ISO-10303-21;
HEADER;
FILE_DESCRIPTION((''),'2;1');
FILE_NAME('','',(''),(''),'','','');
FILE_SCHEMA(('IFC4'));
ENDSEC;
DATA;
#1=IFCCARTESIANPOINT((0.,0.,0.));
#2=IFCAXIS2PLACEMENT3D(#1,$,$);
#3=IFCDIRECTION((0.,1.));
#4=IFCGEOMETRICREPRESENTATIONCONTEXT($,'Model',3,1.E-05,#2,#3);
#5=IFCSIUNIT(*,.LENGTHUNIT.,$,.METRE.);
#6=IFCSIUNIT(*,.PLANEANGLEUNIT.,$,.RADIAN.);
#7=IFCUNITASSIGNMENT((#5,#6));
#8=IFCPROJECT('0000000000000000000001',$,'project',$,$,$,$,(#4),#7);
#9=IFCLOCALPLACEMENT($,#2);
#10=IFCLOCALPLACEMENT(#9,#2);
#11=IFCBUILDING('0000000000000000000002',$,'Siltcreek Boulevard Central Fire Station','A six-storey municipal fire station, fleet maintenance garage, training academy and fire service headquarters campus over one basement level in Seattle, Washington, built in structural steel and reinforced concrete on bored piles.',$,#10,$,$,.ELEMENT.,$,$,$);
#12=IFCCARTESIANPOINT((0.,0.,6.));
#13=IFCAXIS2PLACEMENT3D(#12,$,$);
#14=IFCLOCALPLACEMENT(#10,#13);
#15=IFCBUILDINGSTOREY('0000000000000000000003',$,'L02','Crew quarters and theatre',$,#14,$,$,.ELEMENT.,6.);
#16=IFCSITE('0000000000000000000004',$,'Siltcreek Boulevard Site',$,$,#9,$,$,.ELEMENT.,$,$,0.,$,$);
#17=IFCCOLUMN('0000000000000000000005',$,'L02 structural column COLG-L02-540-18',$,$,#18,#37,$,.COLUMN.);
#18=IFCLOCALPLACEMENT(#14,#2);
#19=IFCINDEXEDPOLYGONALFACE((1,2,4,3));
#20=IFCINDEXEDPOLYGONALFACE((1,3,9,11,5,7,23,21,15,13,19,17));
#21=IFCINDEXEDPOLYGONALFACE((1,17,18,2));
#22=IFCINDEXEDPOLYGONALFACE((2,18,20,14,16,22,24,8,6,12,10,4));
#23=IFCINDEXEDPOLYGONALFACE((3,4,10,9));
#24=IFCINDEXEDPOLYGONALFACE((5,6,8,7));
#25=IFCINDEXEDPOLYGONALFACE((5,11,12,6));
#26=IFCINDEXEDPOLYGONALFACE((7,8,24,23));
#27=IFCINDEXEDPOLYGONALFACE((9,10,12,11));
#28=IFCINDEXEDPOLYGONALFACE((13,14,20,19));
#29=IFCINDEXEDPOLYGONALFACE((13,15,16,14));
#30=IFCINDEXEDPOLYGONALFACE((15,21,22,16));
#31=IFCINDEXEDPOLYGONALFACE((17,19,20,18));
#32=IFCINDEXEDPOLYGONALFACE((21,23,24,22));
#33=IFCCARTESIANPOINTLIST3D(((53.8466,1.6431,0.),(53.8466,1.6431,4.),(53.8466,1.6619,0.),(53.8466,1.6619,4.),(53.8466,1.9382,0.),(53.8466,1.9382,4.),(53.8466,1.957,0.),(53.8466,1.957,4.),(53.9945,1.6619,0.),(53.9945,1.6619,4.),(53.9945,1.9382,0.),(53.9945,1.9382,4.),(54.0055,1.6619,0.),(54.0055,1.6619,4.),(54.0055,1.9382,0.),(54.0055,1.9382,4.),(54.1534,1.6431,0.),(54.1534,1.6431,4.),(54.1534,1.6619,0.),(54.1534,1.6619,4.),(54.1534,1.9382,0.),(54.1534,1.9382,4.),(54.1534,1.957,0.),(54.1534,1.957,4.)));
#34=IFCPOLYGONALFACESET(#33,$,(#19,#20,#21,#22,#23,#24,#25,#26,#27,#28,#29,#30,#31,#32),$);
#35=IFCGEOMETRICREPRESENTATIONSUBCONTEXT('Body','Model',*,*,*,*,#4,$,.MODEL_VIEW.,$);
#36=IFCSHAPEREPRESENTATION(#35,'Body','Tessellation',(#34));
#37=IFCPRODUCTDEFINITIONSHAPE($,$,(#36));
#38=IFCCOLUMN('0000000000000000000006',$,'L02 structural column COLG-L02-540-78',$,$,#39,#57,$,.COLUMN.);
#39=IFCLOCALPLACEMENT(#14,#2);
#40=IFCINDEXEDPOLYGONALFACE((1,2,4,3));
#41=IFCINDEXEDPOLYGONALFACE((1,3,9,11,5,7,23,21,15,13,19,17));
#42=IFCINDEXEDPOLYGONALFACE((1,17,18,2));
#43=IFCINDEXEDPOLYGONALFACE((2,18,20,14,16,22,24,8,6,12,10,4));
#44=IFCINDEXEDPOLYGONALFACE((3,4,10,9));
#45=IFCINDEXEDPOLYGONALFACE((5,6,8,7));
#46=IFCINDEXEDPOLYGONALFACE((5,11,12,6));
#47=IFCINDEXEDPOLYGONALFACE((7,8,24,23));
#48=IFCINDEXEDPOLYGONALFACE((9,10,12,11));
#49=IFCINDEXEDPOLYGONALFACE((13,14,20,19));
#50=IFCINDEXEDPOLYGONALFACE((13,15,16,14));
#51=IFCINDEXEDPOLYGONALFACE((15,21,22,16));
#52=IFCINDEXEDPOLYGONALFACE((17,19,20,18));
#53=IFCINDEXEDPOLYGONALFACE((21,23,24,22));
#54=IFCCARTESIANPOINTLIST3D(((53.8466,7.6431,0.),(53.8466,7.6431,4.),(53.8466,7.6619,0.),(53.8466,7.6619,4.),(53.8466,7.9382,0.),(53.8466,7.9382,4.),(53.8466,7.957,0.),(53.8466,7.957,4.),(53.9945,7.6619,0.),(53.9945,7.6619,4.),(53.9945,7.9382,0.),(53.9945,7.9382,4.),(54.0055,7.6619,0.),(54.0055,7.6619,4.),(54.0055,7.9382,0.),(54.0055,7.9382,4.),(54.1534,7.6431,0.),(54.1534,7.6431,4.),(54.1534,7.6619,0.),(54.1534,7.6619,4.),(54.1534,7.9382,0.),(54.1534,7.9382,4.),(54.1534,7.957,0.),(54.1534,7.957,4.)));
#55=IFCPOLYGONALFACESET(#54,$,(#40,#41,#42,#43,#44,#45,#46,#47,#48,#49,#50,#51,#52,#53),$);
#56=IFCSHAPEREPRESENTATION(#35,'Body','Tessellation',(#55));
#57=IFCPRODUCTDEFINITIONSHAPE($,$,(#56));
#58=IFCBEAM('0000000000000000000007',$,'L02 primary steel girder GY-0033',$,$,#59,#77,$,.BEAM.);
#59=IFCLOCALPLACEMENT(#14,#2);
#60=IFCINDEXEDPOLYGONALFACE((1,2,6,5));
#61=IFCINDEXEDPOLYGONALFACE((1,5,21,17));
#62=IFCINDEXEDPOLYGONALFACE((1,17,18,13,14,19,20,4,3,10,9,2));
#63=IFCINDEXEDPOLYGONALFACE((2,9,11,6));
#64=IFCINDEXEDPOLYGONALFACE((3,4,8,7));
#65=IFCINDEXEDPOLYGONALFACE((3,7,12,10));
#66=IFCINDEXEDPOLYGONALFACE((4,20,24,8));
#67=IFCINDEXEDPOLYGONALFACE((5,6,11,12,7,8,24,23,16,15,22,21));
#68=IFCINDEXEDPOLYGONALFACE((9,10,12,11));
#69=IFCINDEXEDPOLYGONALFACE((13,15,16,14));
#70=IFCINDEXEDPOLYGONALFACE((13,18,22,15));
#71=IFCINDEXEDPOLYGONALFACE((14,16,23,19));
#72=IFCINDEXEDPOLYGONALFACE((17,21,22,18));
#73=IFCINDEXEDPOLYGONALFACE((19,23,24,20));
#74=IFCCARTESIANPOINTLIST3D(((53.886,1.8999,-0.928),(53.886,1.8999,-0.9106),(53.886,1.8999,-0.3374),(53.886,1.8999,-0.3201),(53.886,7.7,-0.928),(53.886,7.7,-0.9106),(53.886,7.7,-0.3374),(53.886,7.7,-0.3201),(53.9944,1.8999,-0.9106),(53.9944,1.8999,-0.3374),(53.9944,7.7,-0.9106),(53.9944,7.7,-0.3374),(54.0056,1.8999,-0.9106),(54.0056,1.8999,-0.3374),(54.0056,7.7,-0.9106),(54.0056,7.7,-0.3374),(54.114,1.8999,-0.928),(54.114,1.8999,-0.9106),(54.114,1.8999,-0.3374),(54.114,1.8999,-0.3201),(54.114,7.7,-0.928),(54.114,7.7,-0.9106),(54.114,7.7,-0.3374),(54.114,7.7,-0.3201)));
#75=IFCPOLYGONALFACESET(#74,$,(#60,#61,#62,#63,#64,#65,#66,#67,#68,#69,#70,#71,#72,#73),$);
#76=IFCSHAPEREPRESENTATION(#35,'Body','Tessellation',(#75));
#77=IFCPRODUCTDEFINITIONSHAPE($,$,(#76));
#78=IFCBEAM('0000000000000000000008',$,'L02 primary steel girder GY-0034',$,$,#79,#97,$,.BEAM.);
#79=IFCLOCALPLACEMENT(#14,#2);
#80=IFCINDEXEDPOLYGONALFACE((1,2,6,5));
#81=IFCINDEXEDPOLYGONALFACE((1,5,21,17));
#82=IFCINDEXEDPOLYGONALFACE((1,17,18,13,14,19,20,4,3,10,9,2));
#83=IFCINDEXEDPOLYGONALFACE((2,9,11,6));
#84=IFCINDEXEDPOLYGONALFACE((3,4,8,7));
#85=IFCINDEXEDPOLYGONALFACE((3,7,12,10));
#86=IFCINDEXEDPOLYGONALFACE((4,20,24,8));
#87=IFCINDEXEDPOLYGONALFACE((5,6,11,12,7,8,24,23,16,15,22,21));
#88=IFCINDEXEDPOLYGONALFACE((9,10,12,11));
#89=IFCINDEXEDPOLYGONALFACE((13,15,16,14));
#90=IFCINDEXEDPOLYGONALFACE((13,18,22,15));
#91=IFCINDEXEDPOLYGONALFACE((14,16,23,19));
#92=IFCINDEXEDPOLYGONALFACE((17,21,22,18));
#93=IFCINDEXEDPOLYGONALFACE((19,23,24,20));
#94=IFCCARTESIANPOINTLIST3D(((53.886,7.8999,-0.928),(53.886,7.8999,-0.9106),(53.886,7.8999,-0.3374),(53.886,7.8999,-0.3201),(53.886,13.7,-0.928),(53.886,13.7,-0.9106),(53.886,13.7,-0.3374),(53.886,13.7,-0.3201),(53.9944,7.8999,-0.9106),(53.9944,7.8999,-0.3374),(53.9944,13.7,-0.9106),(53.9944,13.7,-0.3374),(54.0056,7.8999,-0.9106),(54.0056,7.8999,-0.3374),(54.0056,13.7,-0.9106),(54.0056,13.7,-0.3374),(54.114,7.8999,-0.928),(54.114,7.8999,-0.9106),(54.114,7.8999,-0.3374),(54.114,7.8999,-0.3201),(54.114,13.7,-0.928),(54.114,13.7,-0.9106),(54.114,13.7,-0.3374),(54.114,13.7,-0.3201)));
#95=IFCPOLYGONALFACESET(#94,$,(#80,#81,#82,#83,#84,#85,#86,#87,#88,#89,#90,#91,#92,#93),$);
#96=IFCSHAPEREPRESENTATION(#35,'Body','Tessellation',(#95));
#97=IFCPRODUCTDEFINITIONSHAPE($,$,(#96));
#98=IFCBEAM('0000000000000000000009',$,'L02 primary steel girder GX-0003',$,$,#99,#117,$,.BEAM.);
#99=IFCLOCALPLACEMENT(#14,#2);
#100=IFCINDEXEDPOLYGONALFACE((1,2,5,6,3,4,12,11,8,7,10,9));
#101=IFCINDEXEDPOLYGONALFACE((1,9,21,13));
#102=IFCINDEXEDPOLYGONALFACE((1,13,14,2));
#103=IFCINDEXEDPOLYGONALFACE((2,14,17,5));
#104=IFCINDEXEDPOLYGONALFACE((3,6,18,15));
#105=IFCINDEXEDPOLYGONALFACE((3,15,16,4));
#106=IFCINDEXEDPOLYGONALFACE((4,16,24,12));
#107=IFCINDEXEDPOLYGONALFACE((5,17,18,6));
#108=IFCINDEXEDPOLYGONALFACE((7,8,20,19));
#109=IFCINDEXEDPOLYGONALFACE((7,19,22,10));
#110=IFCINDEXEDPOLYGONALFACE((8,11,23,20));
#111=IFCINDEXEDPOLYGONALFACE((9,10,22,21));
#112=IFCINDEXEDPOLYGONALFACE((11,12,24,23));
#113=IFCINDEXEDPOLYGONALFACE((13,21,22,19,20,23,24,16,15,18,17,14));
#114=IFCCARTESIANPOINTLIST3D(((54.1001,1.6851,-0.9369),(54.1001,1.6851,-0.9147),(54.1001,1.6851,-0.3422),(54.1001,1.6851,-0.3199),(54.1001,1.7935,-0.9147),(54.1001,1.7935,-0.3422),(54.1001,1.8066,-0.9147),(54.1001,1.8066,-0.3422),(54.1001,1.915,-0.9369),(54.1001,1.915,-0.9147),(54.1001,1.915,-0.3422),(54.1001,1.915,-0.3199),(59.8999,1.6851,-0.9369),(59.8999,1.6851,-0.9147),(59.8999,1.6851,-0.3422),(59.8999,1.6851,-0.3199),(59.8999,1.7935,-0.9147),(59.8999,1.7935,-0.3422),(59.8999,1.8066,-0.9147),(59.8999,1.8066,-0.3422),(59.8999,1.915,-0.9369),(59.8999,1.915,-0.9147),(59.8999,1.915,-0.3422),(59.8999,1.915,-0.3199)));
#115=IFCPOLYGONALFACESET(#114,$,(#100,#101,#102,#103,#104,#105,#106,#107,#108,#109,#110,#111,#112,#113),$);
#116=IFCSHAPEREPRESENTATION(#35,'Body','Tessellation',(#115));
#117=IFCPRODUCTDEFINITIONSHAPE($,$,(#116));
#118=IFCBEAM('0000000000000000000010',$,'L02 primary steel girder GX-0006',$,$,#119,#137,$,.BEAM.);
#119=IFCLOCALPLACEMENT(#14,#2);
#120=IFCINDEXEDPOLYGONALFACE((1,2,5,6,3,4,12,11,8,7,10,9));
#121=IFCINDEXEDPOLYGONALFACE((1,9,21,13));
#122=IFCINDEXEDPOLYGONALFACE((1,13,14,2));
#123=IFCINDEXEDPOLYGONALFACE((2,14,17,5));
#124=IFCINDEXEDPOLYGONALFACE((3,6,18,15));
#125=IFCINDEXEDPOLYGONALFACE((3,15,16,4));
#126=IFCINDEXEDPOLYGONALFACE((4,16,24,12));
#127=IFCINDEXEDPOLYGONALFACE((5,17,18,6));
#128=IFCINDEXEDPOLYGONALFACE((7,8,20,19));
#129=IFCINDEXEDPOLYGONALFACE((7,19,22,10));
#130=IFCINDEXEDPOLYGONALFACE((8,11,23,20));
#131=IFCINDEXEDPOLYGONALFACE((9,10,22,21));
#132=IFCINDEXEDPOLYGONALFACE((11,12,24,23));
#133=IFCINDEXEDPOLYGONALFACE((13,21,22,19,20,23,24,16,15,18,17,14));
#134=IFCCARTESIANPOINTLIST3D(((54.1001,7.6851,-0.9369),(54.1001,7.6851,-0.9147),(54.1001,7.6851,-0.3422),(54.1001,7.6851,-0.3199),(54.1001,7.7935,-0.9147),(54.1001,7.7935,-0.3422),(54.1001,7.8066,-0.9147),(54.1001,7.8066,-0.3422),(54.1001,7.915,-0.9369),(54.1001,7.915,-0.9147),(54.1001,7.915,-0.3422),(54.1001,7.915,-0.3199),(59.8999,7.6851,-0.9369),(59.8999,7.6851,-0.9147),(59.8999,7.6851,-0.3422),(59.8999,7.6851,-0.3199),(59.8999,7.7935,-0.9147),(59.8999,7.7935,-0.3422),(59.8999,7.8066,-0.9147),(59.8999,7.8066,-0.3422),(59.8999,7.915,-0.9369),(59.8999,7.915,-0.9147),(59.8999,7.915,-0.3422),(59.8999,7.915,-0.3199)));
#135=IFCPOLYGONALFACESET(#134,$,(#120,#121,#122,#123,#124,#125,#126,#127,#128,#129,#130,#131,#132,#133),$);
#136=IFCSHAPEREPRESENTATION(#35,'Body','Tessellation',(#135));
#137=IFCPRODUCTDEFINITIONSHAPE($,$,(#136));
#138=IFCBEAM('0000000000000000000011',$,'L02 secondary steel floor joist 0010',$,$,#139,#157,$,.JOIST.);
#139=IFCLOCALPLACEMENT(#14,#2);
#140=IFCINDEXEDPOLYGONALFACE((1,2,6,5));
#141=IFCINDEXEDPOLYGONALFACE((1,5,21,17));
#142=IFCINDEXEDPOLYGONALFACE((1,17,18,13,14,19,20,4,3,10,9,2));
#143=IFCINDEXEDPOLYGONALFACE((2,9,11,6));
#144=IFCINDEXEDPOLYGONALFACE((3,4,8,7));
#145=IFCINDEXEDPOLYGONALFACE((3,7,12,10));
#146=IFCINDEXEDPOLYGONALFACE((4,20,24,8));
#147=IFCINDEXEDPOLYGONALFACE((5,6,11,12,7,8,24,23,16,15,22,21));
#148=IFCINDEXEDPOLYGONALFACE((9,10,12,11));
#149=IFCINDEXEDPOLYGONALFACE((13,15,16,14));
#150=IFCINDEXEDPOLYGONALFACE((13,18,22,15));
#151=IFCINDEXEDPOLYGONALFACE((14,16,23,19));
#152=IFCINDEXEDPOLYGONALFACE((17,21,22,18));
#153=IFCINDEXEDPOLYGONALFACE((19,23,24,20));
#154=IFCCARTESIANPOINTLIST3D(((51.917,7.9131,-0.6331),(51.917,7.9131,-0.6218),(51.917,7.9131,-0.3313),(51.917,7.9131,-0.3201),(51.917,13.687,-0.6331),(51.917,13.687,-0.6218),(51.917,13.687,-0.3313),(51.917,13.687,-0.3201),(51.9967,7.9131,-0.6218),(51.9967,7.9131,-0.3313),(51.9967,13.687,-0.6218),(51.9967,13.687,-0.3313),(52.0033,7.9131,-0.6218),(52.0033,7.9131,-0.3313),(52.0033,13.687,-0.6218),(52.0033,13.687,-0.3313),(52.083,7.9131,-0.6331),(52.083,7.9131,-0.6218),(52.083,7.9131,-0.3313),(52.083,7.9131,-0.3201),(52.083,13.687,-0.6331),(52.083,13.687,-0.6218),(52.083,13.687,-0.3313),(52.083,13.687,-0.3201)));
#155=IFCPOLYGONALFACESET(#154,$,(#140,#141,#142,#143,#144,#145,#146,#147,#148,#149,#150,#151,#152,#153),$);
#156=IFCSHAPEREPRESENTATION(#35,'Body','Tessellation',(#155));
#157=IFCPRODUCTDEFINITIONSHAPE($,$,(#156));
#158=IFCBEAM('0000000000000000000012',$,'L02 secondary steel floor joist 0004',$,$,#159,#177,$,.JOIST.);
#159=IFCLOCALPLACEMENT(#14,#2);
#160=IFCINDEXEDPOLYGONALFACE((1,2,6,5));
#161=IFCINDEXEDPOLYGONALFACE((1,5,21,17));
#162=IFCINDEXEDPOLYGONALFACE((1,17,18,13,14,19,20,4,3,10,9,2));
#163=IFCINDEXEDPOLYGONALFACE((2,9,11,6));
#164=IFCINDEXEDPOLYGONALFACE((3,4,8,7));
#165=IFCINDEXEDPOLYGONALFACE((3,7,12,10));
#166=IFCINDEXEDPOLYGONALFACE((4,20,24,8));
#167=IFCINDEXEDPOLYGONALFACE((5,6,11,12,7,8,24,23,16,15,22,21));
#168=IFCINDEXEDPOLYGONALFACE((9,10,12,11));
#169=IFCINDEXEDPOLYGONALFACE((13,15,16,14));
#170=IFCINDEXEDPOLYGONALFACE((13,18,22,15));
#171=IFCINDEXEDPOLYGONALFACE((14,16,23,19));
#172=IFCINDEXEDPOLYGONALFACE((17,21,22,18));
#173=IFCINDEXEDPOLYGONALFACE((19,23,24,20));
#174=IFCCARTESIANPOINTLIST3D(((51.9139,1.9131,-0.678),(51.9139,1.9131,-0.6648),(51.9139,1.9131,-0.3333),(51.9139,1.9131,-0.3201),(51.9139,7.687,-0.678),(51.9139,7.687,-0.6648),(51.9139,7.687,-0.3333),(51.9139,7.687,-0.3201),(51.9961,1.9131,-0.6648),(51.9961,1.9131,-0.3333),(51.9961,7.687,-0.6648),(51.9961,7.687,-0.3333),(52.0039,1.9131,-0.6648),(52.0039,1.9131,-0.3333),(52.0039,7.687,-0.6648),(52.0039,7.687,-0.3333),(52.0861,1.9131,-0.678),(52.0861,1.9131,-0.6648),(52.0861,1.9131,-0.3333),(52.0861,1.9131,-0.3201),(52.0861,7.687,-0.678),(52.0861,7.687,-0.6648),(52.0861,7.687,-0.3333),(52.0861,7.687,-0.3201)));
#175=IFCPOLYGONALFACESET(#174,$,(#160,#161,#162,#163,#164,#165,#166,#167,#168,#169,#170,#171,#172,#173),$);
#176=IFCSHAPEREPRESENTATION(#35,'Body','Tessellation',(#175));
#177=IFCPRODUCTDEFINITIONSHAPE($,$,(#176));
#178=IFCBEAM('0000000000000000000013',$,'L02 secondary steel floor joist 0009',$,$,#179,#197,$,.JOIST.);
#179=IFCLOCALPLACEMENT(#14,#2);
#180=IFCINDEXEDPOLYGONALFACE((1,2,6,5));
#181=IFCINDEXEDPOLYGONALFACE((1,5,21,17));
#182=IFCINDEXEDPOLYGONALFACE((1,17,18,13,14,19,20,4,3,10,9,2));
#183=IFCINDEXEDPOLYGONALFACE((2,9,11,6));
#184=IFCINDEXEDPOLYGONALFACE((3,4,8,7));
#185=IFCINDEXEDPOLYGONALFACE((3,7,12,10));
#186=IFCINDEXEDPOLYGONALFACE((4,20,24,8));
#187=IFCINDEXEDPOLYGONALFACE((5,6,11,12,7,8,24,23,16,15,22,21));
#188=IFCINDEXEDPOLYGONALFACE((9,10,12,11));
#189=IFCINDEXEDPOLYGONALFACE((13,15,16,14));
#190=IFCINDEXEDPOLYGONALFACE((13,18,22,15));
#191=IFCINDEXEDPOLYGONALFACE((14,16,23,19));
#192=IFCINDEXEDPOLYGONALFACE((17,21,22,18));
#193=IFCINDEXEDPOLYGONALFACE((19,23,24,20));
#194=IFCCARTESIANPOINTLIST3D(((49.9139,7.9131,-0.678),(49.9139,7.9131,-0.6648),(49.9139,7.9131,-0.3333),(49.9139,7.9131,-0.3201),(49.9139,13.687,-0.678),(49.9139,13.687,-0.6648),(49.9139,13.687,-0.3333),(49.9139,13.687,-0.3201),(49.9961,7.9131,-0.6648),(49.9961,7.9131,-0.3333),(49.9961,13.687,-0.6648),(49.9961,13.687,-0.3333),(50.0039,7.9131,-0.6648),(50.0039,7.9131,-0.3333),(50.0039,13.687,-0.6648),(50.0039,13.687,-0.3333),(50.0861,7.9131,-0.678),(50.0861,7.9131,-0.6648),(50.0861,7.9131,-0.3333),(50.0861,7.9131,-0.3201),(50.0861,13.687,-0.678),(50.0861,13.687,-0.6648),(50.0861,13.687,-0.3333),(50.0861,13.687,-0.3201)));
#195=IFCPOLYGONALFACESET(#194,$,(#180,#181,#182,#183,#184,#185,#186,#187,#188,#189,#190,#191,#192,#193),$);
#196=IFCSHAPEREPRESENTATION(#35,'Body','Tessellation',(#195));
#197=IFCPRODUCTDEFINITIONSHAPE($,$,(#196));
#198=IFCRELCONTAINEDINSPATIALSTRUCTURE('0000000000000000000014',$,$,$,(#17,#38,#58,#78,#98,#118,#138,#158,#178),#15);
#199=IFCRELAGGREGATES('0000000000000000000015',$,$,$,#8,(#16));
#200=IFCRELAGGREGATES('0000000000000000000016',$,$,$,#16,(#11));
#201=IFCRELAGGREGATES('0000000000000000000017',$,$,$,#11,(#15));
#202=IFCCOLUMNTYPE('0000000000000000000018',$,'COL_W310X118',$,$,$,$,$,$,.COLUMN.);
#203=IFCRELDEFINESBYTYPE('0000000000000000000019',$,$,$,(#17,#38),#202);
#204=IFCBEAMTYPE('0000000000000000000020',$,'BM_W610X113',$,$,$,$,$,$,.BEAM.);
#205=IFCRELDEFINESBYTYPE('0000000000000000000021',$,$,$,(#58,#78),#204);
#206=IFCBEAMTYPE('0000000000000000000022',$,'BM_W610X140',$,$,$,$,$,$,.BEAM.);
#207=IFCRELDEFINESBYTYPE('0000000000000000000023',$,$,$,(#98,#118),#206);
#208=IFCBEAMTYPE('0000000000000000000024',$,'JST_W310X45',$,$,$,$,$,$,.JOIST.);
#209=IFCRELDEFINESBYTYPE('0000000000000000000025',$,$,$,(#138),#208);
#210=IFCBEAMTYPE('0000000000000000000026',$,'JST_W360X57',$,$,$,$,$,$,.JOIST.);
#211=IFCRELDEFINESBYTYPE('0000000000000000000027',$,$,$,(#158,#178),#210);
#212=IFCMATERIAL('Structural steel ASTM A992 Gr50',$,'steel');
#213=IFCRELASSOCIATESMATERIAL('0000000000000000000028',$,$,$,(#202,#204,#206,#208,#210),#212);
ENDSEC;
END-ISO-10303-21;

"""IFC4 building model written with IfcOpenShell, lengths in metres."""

from ifc_helpers import new_model, si_unit, direction, frame, origin, origin_2d, place, context, subcontext, project, spatial, i_section, extrude, material, material_profile, profile_set, type_object, element, save


model = new_model("IFC4")

# Units and contexts
model_context = context("Model", 3, precision=1e-05, world=origin(), true_north=direction((0.0, 1.0)))
body_context = subcontext(model_context, "Body", "Model", "MODEL_VIEW")
ifc_project = project(units=[si_unit("LENGTHUNIT", "METRE"), si_unit("PLANEANGLEUNIT", "RADIAN")], contexts=[model_context])

# Site, building, storey
site_placement = place(None, origin())
site = spatial("IfcSite", under=ifc_project, at=site_placement, Name="Siltcreek Boulevard Site", CompositionType="ELEMENT", RefElevation=0.0)
building_placement = place(site_placement, origin())
building = spatial("IfcBuilding", under=site, at=building_placement, Name="Siltcreek Boulevard Central Fire Station", Description="A six-storey municipal fire station, fleet maintenance garage, training academy and fire service headquarters campus over one basement level in Seattle, Washington, built in structural steel and reinforced concrete on bored piles.", CompositionType="ELEMENT")
storey_placement = place(building_placement, frame((0.0, 0.0, 6.0)))
storey = spatial("IfcBuildingStorey", under=building, at=storey_placement, Name="L02", Description="Crew quarters and theatre", CompositionType="ELEMENT", Elevation=6.0)

# Columns
ifc_material_1 = material(Name="Structural steel ASTM A992 Gr50", Category="steel")
ifc_material_profile_1 = material_profile(ifc_material_1, i_section(OverallWidth=0.3069, OverallDepth=0.314, WebThickness=0.011, FlangeThickness=0.0188, at=origin_2d()), Name="W310X118")
ifc_profile_set_1 = profile_set([ifc_material_profile_1], Name="Structural steel ASTM A992 Gr50")
column_type = type_object("IfcColumnType", Name="COL_W310X118", PredefinedType="COLUMN", material=ifc_profile_set_1)
for number, where, z_axis, x_axis, name in (
    (1, (54.0, 1.8, 0.0), (0.0, 0.0, 1.0), (1.0, 0.0, 0.0), "L02 structural column COLG-L02-540-18"),
    (2, (54.0, 7.8, 0.0), (0.0, 0.0, 1.0), (1.0, 0.0, 0.0), "L02 structural column COLG-L02-540-78"),
):
    element("IfcColumn", number, at=place(storey_placement, frame(where, z_axis=z_axis, x_axis=x_axis)), inside=storey, type_object=column_type, Name=name, PredefinedType="COLUMN", context=body_context, shape_type="SweptSolid", body=[
        extrude(i_section(OverallWidth=0.3069, OverallDepth=0.314, WebThickness=0.011, FlangeThickness=0.0188, at=origin_2d()), origin(), (0.0, 0.0, 1.0), 4.0),
    ])

# Beams
ifc_material_profile_2 = material_profile(ifc_material_1, i_section(OverallWidth=0.228, OverallDepth=0.6079, WebThickness=0.0112, FlangeThickness=0.0173, at=origin_2d()), Name="W610X113")
ifc_profile_set_2 = profile_set([ifc_material_profile_2], Name="Structural steel ASTM A992 Gr50")
beam_type_1 = type_object("IfcBeamType", Name="BM_W610X113", PredefinedType="BEAM", material=ifc_profile_set_2)
for number, where, z_axis, x_axis, name in (
    (3, (54.0, 1.8999, -0.624), (0.0, 1.0, 0.0), (-1.0, 0.0, 0.0), "L02 primary steel girder GY-0033"),
    (4, (54.0, 7.8999, -0.624), (0.0, 1.0, 0.0), (-1.0, 0.0, 0.0), "L02 primary steel girder GY-0034"),
):
    element("IfcBeam", number, at=place(storey_placement, frame(where, z_axis=z_axis, x_axis=x_axis)), inside=storey, type_object=beam_type_1, Name=name, PredefinedType="BEAM", context=body_context, shape_type="SweptSolid", body=[
        extrude(i_section(OverallWidth=0.228, OverallDepth=0.6079, WebThickness=0.0112, FlangeThickness=0.0173, at=origin_2d()), origin(), (0.0, 0.0, 1.0), 5.8),
    ])
ifc_material_profile_3 = material_profile(ifc_material_1, i_section(OverallWidth=0.23, OverallDepth=0.6169, WebThickness=0.0132, FlangeThickness=0.0222, at=origin_2d()), Name="W610X140")
ifc_profile_set_3 = profile_set([ifc_material_profile_3], Name="Structural steel ASTM A992 Gr50")
beam_type_2 = type_object("IfcBeamType", Name="BM_W610X140", PredefinedType="BEAM", material=ifc_profile_set_3)
for number, where, z_axis, x_axis, name in (
    (5, (54.1001, 1.8, -0.6284), (1.0, 0.0, 0.0), (0.0, 1.0, 0.0), "L02 primary steel girder GX-0003"),
    (6, (54.1001, 7.8, -0.6284), (1.0, 0.0, 0.0), (0.0, 1.0, 0.0), "L02 primary steel girder GX-0006"),
):
    element("IfcBeam", number, at=place(storey_placement, frame(where, z_axis=z_axis, x_axis=x_axis)), inside=storey, type_object=beam_type_2, Name=name, PredefinedType="BEAM", context=body_context, shape_type="SweptSolid", body=[
        extrude(i_section(OverallWidth=0.23, OverallDepth=0.6169, WebThickness=0.0132, FlangeThickness=0.0222, at=origin_2d()), origin(), (0.0, 0.0, 1.0), 5.7998),
    ])
ifc_material_profile_4 = material_profile(ifc_material_1, i_section(OverallWidth=0.166, OverallDepth=0.313, WebThickness=0.0066, FlangeThickness=0.0112, at=origin_2d()), Name="W310X45")
ifc_profile_set_4 = profile_set([ifc_material_profile_4], Name="Structural steel ASTM A992 Gr50")
beam_type_3 = type_object("IfcBeamType", Name="JST_W310X45", PredefinedType="JOIST", material=ifc_profile_set_4)
beam_1_placement = place(storey_placement, frame((52.0, 7.9131, -0.4766), z_axis=(0.0, 1.0, 0.0), x_axis=(-1.0, 0.0, 0.0)))
element("IfcBeam", 7, at=beam_1_placement, inside=storey, type_object=beam_type_3, Name="L02 secondary steel floor joist 0010", PredefinedType="JOIST", context=body_context, shape_type="SweptSolid", body=[
    extrude(i_section(OverallWidth=0.166, OverallDepth=0.313, WebThickness=0.0066, FlangeThickness=0.0112, at=origin_2d()), origin(), (0.0, 0.0, 1.0), 5.7739),
])
ifc_material_profile_5 = material_profile(ifc_material_1, i_section(OverallWidth=0.1721, OverallDepth=0.3579, WebThickness=0.0078, FlangeThickness=0.0132, at=origin_2d()), Name="W360X57")
ifc_profile_set_5 = profile_set([ifc_material_profile_5], Name="Structural steel ASTM A992 Gr50")
beam_type_4 = type_object("IfcBeamType", Name="JST_W360X57", PredefinedType="JOIST", material=ifc_profile_set_5)
for number, where, z_axis, x_axis, name in (
    (8, (52.0, 1.9131, -0.499), (0.0, 1.0, 0.0), (-1.0, 0.0, 0.0), "L02 secondary steel floor joist 0004"),
    (9, (50.0, 7.9131, -0.499), (0.0, 1.0, 0.0), (-1.0, 0.0, 0.0), "L02 secondary steel floor joist 0009"),
):
    element("IfcBeam", number, at=place(storey_placement, frame(where, z_axis=z_axis, x_axis=x_axis)), inside=storey, type_object=beam_type_4, Name=name, PredefinedType="JOIST", context=body_context, shape_type="SweptSolid", body=[
        extrude(i_section(OverallWidth=0.1721, OverallDepth=0.3579, WebThickness=0.0078, FlangeThickness=0.0132, at=origin_2d()), origin(), (0.0, 0.0, 1.0), 5.7739),
    ])

save(model, "model.ifc")
